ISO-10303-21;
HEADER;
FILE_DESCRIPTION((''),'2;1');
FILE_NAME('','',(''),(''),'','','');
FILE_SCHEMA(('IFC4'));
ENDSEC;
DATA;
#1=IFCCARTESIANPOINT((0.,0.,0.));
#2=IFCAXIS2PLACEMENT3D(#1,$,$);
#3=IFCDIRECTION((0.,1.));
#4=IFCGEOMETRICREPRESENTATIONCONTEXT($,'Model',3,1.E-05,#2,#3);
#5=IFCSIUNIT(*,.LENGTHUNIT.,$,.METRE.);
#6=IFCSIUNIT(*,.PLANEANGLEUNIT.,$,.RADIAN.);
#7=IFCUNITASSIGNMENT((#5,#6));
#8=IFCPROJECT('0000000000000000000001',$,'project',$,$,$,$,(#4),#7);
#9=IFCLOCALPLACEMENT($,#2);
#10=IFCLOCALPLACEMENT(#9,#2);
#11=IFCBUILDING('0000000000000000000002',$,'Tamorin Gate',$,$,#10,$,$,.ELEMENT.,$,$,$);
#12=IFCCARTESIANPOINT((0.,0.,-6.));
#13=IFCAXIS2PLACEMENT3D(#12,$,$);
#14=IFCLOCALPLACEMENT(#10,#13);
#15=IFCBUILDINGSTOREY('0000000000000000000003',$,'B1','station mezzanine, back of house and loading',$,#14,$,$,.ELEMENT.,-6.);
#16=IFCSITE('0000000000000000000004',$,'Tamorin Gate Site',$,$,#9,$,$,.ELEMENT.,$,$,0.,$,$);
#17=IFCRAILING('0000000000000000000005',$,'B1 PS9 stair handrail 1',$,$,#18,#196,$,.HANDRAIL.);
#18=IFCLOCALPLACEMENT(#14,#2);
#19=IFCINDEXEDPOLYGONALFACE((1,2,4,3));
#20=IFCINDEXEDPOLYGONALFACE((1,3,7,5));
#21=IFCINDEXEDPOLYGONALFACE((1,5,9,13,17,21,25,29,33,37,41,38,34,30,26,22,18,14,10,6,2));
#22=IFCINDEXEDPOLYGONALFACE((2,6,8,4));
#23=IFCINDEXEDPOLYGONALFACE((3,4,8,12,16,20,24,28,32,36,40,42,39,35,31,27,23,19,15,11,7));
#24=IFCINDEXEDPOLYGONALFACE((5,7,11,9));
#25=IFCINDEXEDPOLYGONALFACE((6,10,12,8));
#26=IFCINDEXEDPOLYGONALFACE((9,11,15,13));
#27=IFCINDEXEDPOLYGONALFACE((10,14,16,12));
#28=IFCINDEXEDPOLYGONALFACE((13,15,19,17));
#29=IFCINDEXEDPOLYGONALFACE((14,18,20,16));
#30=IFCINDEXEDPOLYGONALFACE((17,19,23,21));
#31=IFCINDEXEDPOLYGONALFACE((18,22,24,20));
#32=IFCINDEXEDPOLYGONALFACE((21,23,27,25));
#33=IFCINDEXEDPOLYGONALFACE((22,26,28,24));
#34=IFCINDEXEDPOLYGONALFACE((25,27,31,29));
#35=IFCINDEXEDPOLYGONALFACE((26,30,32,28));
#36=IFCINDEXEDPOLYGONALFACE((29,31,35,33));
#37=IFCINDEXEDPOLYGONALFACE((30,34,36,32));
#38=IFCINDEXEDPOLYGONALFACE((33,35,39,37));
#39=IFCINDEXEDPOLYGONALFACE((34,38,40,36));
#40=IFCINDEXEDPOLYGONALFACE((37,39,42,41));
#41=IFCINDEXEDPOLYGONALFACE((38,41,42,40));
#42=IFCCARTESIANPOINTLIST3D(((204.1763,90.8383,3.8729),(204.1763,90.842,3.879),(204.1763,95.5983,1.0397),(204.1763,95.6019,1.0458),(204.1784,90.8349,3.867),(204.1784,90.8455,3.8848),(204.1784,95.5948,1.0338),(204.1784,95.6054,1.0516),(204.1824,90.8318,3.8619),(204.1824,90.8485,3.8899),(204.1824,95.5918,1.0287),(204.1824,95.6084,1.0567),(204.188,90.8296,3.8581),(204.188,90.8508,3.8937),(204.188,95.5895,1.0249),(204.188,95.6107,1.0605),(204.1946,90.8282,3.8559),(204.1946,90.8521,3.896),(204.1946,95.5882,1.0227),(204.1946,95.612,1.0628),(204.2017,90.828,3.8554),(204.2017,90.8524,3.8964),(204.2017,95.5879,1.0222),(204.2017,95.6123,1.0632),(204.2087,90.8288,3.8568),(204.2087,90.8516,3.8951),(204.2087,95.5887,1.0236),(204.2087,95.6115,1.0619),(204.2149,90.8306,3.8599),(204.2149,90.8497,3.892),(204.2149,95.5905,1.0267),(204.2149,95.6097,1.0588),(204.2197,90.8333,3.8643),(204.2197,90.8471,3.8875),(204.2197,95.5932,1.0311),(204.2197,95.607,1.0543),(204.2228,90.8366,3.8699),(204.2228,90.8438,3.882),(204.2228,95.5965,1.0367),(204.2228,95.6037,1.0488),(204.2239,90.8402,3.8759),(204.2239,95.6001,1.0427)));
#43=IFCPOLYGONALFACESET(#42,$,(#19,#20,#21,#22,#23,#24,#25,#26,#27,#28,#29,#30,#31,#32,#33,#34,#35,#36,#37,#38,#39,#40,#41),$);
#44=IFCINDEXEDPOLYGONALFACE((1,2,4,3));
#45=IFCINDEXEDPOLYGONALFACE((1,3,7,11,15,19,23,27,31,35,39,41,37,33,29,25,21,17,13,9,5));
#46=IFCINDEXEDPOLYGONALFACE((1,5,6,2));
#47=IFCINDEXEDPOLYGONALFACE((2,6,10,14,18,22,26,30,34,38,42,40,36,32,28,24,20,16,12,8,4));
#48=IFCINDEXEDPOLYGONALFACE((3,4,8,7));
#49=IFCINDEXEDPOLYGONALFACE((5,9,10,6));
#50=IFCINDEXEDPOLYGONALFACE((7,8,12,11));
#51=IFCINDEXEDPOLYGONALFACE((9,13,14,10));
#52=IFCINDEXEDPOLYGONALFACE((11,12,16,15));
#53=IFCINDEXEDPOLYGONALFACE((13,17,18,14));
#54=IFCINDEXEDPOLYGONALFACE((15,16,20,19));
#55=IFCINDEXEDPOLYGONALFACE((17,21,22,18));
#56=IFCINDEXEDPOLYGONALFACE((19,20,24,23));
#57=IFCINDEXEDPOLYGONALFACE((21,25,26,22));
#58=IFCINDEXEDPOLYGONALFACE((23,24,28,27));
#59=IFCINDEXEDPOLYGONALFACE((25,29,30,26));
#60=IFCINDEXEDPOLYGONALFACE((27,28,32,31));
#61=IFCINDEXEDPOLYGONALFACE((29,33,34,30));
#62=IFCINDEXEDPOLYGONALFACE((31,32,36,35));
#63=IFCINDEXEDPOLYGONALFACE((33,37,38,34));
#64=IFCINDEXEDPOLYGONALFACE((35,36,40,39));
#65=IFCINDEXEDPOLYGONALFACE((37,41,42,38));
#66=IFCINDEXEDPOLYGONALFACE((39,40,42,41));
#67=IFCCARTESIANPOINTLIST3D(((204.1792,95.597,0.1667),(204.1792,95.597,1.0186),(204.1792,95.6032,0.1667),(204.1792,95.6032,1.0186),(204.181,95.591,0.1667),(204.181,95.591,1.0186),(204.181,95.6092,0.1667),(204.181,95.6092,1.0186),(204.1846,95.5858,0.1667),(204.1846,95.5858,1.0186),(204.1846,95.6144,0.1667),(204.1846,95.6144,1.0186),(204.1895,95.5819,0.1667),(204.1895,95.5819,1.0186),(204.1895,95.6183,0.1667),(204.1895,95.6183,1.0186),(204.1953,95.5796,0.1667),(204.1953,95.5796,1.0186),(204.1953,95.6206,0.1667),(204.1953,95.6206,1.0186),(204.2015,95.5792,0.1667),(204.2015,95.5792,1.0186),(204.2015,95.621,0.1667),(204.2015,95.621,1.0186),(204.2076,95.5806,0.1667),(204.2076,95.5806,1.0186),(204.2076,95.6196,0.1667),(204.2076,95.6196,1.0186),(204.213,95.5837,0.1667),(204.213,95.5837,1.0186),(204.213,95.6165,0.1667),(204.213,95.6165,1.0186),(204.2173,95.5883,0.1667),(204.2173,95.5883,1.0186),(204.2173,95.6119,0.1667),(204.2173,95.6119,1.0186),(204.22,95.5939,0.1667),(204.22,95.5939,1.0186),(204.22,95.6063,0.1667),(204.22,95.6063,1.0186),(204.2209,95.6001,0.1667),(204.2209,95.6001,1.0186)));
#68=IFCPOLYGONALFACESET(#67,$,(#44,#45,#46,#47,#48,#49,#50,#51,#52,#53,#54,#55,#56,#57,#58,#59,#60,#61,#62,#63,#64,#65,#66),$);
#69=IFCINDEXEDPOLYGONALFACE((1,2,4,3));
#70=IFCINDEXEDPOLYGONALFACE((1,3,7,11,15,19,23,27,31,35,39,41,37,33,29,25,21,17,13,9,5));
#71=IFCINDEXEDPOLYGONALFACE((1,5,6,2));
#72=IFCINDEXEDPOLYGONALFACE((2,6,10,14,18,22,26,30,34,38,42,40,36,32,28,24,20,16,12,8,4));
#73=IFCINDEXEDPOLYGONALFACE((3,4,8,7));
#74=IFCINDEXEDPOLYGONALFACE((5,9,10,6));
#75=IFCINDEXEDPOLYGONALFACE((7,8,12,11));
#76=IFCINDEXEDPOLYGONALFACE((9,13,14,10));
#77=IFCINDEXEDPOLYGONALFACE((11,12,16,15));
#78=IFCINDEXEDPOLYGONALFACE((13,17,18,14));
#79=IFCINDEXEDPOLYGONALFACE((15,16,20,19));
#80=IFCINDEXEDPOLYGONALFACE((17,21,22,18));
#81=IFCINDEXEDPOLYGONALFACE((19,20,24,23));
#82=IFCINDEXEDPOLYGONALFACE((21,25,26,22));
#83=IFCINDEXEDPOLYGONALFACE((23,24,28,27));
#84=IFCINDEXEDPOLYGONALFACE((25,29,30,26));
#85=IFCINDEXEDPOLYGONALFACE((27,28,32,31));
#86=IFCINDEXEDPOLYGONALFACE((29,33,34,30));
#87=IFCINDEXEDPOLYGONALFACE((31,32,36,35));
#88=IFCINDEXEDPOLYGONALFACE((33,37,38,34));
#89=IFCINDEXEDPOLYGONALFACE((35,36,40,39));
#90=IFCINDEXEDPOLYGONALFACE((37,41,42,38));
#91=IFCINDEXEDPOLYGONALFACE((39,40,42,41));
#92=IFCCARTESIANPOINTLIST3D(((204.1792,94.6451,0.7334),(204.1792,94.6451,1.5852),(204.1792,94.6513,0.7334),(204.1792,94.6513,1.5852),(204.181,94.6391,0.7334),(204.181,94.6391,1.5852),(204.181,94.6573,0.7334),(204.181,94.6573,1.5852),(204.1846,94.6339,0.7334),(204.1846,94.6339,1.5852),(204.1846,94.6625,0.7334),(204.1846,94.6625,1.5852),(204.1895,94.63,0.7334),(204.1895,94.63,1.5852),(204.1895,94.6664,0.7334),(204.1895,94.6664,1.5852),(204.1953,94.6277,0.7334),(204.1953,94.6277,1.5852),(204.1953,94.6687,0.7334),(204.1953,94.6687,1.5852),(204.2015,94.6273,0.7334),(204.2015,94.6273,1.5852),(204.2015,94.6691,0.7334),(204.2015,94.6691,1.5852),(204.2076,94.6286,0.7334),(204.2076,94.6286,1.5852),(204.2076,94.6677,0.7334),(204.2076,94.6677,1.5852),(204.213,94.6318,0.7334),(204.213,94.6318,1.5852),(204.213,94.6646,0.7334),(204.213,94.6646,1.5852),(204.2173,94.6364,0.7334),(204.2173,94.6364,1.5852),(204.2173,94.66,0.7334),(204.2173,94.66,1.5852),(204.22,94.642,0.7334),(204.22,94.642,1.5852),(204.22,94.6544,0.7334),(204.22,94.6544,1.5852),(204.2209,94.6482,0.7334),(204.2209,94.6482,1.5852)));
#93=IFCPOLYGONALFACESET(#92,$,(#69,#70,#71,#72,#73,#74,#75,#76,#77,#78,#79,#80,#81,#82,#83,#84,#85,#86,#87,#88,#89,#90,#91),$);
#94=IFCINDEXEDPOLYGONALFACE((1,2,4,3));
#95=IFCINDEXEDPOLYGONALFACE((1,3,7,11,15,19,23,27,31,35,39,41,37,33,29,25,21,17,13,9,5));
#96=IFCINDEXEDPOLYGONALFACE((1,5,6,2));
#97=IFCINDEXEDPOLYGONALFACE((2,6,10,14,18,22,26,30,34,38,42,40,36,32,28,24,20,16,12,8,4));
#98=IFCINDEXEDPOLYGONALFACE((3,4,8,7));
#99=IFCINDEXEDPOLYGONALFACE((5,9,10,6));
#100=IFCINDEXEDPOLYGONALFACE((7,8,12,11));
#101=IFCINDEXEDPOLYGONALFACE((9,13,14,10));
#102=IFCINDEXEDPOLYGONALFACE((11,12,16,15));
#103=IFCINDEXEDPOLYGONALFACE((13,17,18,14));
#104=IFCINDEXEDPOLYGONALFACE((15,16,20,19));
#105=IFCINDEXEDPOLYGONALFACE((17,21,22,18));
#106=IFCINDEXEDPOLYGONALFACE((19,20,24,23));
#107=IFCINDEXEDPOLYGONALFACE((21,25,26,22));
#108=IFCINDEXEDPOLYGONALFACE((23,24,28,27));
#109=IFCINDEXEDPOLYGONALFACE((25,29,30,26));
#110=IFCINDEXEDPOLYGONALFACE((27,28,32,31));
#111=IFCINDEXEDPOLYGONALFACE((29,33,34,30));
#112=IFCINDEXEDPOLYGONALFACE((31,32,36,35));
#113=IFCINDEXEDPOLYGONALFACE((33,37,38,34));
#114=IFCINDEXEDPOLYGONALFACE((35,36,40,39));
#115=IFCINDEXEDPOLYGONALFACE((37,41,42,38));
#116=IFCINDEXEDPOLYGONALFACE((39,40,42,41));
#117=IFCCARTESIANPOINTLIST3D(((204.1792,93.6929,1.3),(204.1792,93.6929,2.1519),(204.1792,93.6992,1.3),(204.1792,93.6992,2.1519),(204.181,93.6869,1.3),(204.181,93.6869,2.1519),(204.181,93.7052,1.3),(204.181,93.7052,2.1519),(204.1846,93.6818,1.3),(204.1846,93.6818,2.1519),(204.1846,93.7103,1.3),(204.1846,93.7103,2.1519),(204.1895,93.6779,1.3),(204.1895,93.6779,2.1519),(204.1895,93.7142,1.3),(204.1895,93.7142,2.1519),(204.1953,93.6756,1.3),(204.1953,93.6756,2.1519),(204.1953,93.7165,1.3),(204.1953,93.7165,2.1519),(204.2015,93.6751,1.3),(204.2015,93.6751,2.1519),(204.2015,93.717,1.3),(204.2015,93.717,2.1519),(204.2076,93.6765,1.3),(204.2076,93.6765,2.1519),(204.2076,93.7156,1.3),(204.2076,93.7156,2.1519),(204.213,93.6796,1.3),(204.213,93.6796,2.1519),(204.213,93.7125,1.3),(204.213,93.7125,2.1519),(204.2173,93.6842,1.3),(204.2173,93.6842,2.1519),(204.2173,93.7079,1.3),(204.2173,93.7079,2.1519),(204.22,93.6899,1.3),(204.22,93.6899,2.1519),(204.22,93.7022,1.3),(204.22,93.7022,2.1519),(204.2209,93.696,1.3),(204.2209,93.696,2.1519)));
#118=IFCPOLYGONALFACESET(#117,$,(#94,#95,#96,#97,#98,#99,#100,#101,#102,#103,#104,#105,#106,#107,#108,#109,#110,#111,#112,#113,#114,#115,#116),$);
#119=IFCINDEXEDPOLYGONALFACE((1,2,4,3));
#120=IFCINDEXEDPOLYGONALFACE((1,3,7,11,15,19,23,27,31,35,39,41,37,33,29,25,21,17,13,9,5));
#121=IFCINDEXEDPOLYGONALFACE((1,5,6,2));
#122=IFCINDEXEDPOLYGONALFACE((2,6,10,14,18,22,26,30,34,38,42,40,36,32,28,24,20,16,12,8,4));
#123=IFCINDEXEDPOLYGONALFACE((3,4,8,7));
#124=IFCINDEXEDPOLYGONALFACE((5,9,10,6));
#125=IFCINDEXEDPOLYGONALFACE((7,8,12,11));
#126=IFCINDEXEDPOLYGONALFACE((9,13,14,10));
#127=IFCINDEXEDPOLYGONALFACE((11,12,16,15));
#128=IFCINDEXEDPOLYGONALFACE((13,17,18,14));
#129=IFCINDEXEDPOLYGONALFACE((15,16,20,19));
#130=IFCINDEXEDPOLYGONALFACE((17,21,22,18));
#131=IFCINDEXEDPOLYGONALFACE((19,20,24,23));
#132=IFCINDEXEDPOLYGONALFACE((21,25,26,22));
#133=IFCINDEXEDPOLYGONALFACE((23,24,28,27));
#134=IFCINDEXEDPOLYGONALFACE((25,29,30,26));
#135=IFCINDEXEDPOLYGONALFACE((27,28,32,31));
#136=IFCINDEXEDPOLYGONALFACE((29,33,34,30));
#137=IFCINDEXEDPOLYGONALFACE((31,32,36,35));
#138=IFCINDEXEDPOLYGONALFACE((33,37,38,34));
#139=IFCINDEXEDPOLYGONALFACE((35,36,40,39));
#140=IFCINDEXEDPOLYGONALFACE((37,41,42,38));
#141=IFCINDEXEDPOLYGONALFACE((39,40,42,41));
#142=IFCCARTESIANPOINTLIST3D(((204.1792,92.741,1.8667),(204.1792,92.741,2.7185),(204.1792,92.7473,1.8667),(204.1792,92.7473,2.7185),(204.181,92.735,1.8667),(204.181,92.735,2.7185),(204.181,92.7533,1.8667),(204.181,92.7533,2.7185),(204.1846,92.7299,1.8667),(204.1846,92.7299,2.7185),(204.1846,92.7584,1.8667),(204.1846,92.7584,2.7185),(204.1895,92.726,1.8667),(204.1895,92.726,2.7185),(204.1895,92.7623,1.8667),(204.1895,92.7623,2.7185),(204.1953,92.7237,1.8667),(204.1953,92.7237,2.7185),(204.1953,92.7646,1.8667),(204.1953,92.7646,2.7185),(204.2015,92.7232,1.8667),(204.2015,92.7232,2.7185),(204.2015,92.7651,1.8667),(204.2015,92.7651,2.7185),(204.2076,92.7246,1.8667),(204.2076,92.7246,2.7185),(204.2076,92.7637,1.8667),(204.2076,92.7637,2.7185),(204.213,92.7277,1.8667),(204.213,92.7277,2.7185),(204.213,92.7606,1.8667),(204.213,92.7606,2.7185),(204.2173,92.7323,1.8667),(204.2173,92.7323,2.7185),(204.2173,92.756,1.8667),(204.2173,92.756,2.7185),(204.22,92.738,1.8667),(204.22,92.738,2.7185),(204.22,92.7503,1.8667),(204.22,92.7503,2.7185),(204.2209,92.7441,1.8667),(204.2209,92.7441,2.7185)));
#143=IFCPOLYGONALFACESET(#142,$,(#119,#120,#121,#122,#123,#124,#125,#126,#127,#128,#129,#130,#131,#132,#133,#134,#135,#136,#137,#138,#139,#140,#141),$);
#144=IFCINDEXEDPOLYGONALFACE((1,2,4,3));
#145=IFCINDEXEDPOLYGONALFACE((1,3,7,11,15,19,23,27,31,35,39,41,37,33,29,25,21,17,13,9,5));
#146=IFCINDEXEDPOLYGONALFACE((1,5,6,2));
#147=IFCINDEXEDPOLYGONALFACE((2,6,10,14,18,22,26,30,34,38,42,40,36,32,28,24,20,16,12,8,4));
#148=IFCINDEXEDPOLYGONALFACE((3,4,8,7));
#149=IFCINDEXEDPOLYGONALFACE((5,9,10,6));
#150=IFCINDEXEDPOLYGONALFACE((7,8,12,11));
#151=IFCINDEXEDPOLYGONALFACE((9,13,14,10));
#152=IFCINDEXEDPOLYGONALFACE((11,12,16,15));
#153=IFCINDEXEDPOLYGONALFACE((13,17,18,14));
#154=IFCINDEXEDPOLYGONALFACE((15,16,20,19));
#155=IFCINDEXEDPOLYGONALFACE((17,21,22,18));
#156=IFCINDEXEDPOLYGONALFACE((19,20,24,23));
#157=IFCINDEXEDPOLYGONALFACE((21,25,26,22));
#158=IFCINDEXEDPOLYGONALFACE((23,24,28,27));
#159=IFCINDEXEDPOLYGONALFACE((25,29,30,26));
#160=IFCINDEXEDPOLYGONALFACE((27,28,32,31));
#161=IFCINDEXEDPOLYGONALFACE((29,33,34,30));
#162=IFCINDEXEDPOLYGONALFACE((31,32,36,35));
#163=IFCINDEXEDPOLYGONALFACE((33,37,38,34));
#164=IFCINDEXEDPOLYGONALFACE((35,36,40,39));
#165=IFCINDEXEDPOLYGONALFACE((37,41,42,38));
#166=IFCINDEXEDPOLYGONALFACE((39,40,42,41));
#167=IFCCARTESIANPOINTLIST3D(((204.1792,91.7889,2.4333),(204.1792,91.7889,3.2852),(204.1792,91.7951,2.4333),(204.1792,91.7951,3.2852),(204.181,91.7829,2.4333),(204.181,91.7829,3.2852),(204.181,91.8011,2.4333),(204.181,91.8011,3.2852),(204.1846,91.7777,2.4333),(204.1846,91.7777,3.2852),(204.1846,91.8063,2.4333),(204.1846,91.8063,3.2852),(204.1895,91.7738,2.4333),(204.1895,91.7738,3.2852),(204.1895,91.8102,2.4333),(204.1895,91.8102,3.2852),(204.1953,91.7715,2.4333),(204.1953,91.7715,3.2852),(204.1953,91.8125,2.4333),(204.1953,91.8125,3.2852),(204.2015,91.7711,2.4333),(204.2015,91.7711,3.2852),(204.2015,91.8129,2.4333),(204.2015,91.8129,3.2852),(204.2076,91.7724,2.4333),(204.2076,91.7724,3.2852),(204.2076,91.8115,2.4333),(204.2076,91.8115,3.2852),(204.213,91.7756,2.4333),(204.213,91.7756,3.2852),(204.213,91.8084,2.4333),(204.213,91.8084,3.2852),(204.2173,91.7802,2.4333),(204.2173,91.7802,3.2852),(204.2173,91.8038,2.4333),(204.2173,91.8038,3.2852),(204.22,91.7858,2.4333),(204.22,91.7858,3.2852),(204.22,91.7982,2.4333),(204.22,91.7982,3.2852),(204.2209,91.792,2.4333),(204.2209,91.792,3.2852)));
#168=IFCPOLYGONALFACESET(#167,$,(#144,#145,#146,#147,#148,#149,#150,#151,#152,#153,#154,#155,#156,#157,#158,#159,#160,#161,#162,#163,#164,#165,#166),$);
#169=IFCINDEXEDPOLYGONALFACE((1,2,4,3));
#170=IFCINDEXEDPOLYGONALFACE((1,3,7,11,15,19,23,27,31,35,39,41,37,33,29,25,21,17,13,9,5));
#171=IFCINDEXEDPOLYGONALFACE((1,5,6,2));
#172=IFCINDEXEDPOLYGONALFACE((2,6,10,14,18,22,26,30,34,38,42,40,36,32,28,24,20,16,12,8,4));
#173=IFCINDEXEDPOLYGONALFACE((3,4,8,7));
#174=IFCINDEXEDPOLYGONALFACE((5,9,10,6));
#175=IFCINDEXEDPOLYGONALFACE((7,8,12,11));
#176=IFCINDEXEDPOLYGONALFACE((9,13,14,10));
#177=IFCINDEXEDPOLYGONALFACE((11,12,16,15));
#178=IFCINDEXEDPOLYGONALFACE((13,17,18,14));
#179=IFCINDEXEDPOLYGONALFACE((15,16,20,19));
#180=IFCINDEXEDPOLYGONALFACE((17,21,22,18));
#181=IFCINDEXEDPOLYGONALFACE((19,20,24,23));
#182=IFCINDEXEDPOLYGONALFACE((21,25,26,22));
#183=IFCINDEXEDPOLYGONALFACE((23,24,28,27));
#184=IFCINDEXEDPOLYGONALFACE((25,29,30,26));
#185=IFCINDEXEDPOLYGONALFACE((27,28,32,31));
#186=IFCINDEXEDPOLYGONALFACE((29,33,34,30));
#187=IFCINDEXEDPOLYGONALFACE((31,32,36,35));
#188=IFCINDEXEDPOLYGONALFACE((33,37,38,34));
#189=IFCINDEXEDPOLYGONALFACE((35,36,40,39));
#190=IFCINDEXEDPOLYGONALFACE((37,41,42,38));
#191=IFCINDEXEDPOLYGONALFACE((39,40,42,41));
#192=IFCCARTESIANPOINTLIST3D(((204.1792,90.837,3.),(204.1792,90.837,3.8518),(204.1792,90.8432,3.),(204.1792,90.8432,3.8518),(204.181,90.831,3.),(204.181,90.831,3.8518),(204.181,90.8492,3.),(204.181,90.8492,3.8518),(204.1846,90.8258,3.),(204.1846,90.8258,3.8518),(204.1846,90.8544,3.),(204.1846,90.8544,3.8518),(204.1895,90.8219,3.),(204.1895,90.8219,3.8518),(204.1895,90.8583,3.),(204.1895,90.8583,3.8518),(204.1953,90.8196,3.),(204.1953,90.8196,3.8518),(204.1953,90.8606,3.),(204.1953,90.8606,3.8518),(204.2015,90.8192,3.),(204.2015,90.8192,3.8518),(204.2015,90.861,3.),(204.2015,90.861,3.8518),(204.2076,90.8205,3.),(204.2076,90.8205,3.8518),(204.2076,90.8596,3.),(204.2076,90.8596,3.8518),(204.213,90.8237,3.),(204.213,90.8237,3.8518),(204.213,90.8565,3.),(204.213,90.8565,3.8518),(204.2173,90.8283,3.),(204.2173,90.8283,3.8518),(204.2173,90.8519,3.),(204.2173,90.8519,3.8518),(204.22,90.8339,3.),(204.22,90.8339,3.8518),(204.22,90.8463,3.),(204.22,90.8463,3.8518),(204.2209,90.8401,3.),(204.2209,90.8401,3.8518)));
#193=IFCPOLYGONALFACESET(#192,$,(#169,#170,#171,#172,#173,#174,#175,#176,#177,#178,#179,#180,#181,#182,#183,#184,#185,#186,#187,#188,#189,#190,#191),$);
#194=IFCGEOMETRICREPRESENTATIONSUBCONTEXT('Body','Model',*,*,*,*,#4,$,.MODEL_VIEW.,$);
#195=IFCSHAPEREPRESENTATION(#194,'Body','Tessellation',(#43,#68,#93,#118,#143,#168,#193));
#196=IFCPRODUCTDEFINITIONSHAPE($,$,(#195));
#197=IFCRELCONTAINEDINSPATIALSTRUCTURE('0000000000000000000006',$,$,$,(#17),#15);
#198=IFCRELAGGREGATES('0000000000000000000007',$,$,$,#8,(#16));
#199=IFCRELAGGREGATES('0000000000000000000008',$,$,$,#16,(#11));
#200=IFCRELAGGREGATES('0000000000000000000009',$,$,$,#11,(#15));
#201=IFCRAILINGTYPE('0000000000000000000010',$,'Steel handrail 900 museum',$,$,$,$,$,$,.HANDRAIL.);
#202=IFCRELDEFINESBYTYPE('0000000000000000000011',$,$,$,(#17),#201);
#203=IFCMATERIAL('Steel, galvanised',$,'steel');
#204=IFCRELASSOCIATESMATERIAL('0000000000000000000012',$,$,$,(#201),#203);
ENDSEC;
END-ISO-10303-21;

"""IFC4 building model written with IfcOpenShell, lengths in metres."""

from ifc_helpers import new_model, si_unit, direction, frame, origin, origin_2d, place, context, subcontext, project, spatial, circle, extrude, material, type_object, element, save


model = new_model("IFC4")

# Units and contexts
model_context = context("Model", 3, precision=1e-05, world=origin(), true_north=direction((0.0, 1.0)))
body_context = subcontext(model_context, "Body", "Model", "MODEL_VIEW")
ifc_project = project(units=[si_unit("LENGTHUNIT", "METRE"), si_unit("PLANEANGLEUNIT", "RADIAN")], contexts=[model_context])

# Site, building, storey
site_placement = place(None, origin())
site = spatial("IfcSite", under=ifc_project, at=site_placement, Name="Tamorin Gate Site", CompositionType="ELEMENT", RefElevation=0.0)
building_placement = place(site_placement, origin())
building = spatial("IfcBuilding", under=site, at=building_placement, Name="Tamorin Gate", CompositionType="ELEMENT")
storey_placement = place(building_placement, frame((0.0, 0.0, -6.0)))
storey = spatial("IfcBuildingStorey", under=building, at=storey_placement, Name="B1", Description="station mezzanine, back of house and loading", CompositionType="ELEMENT", Elevation=-6.0)

# Railing
ifc_material_1 = material(Name="Steel, galvanised", Category="steel")
railing_type_1 = type_object("IfcRailingType", Name="Steel handrail 900 museum", PredefinedType="HANDRAIL", material=ifc_material_1)
railing_1_placement = place(storey_placement, frame((204.2, 95.6001, 0.1667)))
element("IfcRailing", 1, at=railing_1_placement, inside=storey, type_object=railing_type_1, Name="B1 PS9 stair handrail 1", PredefinedType="HANDRAIL", context=body_context, shape_type="SweptSolid", body=[
    extrude(circle(Radius=0.0239, at=origin_2d()), frame((0.0, 0.0, 0.876), z_axis=(0.0, -0.8593, 0.511472), x_axis=(1.0, 0.0, 0.0)), (0.0, 0.0, 1.0), 5.5393),
    extrude(circle(Radius=0.021, at=origin_2d()), origin(), (0.0, 0.0, 1.0), 0.8518),
    extrude(circle(Radius=0.021, at=origin_2d()), frame((0.0, -0.9519, 0.5667)), (0.0, 0.0, 1.0), 0.8518),
    extrude(circle(Radius=0.021, at=origin_2d()), frame((0.0, -1.9041, 1.1333)), (0.0, 0.0, 1.0), 0.8518),
    extrude(circle(Radius=0.021, at=origin_2d()), frame((0.0, -2.856, 1.7)), (0.0, 0.0, 1.0), 0.8518),
    extrude(circle(Radius=0.021, at=origin_2d()), frame((0.0, -3.8081, 2.2666)), (0.0, 0.0, 1.0), 0.8518),
    extrude(circle(Radius=0.021, at=origin_2d()), frame((0.0, -4.76, 2.8333)), (0.0, 0.0, 1.0), 0.8518),
])

save(model, "model.ifc")
